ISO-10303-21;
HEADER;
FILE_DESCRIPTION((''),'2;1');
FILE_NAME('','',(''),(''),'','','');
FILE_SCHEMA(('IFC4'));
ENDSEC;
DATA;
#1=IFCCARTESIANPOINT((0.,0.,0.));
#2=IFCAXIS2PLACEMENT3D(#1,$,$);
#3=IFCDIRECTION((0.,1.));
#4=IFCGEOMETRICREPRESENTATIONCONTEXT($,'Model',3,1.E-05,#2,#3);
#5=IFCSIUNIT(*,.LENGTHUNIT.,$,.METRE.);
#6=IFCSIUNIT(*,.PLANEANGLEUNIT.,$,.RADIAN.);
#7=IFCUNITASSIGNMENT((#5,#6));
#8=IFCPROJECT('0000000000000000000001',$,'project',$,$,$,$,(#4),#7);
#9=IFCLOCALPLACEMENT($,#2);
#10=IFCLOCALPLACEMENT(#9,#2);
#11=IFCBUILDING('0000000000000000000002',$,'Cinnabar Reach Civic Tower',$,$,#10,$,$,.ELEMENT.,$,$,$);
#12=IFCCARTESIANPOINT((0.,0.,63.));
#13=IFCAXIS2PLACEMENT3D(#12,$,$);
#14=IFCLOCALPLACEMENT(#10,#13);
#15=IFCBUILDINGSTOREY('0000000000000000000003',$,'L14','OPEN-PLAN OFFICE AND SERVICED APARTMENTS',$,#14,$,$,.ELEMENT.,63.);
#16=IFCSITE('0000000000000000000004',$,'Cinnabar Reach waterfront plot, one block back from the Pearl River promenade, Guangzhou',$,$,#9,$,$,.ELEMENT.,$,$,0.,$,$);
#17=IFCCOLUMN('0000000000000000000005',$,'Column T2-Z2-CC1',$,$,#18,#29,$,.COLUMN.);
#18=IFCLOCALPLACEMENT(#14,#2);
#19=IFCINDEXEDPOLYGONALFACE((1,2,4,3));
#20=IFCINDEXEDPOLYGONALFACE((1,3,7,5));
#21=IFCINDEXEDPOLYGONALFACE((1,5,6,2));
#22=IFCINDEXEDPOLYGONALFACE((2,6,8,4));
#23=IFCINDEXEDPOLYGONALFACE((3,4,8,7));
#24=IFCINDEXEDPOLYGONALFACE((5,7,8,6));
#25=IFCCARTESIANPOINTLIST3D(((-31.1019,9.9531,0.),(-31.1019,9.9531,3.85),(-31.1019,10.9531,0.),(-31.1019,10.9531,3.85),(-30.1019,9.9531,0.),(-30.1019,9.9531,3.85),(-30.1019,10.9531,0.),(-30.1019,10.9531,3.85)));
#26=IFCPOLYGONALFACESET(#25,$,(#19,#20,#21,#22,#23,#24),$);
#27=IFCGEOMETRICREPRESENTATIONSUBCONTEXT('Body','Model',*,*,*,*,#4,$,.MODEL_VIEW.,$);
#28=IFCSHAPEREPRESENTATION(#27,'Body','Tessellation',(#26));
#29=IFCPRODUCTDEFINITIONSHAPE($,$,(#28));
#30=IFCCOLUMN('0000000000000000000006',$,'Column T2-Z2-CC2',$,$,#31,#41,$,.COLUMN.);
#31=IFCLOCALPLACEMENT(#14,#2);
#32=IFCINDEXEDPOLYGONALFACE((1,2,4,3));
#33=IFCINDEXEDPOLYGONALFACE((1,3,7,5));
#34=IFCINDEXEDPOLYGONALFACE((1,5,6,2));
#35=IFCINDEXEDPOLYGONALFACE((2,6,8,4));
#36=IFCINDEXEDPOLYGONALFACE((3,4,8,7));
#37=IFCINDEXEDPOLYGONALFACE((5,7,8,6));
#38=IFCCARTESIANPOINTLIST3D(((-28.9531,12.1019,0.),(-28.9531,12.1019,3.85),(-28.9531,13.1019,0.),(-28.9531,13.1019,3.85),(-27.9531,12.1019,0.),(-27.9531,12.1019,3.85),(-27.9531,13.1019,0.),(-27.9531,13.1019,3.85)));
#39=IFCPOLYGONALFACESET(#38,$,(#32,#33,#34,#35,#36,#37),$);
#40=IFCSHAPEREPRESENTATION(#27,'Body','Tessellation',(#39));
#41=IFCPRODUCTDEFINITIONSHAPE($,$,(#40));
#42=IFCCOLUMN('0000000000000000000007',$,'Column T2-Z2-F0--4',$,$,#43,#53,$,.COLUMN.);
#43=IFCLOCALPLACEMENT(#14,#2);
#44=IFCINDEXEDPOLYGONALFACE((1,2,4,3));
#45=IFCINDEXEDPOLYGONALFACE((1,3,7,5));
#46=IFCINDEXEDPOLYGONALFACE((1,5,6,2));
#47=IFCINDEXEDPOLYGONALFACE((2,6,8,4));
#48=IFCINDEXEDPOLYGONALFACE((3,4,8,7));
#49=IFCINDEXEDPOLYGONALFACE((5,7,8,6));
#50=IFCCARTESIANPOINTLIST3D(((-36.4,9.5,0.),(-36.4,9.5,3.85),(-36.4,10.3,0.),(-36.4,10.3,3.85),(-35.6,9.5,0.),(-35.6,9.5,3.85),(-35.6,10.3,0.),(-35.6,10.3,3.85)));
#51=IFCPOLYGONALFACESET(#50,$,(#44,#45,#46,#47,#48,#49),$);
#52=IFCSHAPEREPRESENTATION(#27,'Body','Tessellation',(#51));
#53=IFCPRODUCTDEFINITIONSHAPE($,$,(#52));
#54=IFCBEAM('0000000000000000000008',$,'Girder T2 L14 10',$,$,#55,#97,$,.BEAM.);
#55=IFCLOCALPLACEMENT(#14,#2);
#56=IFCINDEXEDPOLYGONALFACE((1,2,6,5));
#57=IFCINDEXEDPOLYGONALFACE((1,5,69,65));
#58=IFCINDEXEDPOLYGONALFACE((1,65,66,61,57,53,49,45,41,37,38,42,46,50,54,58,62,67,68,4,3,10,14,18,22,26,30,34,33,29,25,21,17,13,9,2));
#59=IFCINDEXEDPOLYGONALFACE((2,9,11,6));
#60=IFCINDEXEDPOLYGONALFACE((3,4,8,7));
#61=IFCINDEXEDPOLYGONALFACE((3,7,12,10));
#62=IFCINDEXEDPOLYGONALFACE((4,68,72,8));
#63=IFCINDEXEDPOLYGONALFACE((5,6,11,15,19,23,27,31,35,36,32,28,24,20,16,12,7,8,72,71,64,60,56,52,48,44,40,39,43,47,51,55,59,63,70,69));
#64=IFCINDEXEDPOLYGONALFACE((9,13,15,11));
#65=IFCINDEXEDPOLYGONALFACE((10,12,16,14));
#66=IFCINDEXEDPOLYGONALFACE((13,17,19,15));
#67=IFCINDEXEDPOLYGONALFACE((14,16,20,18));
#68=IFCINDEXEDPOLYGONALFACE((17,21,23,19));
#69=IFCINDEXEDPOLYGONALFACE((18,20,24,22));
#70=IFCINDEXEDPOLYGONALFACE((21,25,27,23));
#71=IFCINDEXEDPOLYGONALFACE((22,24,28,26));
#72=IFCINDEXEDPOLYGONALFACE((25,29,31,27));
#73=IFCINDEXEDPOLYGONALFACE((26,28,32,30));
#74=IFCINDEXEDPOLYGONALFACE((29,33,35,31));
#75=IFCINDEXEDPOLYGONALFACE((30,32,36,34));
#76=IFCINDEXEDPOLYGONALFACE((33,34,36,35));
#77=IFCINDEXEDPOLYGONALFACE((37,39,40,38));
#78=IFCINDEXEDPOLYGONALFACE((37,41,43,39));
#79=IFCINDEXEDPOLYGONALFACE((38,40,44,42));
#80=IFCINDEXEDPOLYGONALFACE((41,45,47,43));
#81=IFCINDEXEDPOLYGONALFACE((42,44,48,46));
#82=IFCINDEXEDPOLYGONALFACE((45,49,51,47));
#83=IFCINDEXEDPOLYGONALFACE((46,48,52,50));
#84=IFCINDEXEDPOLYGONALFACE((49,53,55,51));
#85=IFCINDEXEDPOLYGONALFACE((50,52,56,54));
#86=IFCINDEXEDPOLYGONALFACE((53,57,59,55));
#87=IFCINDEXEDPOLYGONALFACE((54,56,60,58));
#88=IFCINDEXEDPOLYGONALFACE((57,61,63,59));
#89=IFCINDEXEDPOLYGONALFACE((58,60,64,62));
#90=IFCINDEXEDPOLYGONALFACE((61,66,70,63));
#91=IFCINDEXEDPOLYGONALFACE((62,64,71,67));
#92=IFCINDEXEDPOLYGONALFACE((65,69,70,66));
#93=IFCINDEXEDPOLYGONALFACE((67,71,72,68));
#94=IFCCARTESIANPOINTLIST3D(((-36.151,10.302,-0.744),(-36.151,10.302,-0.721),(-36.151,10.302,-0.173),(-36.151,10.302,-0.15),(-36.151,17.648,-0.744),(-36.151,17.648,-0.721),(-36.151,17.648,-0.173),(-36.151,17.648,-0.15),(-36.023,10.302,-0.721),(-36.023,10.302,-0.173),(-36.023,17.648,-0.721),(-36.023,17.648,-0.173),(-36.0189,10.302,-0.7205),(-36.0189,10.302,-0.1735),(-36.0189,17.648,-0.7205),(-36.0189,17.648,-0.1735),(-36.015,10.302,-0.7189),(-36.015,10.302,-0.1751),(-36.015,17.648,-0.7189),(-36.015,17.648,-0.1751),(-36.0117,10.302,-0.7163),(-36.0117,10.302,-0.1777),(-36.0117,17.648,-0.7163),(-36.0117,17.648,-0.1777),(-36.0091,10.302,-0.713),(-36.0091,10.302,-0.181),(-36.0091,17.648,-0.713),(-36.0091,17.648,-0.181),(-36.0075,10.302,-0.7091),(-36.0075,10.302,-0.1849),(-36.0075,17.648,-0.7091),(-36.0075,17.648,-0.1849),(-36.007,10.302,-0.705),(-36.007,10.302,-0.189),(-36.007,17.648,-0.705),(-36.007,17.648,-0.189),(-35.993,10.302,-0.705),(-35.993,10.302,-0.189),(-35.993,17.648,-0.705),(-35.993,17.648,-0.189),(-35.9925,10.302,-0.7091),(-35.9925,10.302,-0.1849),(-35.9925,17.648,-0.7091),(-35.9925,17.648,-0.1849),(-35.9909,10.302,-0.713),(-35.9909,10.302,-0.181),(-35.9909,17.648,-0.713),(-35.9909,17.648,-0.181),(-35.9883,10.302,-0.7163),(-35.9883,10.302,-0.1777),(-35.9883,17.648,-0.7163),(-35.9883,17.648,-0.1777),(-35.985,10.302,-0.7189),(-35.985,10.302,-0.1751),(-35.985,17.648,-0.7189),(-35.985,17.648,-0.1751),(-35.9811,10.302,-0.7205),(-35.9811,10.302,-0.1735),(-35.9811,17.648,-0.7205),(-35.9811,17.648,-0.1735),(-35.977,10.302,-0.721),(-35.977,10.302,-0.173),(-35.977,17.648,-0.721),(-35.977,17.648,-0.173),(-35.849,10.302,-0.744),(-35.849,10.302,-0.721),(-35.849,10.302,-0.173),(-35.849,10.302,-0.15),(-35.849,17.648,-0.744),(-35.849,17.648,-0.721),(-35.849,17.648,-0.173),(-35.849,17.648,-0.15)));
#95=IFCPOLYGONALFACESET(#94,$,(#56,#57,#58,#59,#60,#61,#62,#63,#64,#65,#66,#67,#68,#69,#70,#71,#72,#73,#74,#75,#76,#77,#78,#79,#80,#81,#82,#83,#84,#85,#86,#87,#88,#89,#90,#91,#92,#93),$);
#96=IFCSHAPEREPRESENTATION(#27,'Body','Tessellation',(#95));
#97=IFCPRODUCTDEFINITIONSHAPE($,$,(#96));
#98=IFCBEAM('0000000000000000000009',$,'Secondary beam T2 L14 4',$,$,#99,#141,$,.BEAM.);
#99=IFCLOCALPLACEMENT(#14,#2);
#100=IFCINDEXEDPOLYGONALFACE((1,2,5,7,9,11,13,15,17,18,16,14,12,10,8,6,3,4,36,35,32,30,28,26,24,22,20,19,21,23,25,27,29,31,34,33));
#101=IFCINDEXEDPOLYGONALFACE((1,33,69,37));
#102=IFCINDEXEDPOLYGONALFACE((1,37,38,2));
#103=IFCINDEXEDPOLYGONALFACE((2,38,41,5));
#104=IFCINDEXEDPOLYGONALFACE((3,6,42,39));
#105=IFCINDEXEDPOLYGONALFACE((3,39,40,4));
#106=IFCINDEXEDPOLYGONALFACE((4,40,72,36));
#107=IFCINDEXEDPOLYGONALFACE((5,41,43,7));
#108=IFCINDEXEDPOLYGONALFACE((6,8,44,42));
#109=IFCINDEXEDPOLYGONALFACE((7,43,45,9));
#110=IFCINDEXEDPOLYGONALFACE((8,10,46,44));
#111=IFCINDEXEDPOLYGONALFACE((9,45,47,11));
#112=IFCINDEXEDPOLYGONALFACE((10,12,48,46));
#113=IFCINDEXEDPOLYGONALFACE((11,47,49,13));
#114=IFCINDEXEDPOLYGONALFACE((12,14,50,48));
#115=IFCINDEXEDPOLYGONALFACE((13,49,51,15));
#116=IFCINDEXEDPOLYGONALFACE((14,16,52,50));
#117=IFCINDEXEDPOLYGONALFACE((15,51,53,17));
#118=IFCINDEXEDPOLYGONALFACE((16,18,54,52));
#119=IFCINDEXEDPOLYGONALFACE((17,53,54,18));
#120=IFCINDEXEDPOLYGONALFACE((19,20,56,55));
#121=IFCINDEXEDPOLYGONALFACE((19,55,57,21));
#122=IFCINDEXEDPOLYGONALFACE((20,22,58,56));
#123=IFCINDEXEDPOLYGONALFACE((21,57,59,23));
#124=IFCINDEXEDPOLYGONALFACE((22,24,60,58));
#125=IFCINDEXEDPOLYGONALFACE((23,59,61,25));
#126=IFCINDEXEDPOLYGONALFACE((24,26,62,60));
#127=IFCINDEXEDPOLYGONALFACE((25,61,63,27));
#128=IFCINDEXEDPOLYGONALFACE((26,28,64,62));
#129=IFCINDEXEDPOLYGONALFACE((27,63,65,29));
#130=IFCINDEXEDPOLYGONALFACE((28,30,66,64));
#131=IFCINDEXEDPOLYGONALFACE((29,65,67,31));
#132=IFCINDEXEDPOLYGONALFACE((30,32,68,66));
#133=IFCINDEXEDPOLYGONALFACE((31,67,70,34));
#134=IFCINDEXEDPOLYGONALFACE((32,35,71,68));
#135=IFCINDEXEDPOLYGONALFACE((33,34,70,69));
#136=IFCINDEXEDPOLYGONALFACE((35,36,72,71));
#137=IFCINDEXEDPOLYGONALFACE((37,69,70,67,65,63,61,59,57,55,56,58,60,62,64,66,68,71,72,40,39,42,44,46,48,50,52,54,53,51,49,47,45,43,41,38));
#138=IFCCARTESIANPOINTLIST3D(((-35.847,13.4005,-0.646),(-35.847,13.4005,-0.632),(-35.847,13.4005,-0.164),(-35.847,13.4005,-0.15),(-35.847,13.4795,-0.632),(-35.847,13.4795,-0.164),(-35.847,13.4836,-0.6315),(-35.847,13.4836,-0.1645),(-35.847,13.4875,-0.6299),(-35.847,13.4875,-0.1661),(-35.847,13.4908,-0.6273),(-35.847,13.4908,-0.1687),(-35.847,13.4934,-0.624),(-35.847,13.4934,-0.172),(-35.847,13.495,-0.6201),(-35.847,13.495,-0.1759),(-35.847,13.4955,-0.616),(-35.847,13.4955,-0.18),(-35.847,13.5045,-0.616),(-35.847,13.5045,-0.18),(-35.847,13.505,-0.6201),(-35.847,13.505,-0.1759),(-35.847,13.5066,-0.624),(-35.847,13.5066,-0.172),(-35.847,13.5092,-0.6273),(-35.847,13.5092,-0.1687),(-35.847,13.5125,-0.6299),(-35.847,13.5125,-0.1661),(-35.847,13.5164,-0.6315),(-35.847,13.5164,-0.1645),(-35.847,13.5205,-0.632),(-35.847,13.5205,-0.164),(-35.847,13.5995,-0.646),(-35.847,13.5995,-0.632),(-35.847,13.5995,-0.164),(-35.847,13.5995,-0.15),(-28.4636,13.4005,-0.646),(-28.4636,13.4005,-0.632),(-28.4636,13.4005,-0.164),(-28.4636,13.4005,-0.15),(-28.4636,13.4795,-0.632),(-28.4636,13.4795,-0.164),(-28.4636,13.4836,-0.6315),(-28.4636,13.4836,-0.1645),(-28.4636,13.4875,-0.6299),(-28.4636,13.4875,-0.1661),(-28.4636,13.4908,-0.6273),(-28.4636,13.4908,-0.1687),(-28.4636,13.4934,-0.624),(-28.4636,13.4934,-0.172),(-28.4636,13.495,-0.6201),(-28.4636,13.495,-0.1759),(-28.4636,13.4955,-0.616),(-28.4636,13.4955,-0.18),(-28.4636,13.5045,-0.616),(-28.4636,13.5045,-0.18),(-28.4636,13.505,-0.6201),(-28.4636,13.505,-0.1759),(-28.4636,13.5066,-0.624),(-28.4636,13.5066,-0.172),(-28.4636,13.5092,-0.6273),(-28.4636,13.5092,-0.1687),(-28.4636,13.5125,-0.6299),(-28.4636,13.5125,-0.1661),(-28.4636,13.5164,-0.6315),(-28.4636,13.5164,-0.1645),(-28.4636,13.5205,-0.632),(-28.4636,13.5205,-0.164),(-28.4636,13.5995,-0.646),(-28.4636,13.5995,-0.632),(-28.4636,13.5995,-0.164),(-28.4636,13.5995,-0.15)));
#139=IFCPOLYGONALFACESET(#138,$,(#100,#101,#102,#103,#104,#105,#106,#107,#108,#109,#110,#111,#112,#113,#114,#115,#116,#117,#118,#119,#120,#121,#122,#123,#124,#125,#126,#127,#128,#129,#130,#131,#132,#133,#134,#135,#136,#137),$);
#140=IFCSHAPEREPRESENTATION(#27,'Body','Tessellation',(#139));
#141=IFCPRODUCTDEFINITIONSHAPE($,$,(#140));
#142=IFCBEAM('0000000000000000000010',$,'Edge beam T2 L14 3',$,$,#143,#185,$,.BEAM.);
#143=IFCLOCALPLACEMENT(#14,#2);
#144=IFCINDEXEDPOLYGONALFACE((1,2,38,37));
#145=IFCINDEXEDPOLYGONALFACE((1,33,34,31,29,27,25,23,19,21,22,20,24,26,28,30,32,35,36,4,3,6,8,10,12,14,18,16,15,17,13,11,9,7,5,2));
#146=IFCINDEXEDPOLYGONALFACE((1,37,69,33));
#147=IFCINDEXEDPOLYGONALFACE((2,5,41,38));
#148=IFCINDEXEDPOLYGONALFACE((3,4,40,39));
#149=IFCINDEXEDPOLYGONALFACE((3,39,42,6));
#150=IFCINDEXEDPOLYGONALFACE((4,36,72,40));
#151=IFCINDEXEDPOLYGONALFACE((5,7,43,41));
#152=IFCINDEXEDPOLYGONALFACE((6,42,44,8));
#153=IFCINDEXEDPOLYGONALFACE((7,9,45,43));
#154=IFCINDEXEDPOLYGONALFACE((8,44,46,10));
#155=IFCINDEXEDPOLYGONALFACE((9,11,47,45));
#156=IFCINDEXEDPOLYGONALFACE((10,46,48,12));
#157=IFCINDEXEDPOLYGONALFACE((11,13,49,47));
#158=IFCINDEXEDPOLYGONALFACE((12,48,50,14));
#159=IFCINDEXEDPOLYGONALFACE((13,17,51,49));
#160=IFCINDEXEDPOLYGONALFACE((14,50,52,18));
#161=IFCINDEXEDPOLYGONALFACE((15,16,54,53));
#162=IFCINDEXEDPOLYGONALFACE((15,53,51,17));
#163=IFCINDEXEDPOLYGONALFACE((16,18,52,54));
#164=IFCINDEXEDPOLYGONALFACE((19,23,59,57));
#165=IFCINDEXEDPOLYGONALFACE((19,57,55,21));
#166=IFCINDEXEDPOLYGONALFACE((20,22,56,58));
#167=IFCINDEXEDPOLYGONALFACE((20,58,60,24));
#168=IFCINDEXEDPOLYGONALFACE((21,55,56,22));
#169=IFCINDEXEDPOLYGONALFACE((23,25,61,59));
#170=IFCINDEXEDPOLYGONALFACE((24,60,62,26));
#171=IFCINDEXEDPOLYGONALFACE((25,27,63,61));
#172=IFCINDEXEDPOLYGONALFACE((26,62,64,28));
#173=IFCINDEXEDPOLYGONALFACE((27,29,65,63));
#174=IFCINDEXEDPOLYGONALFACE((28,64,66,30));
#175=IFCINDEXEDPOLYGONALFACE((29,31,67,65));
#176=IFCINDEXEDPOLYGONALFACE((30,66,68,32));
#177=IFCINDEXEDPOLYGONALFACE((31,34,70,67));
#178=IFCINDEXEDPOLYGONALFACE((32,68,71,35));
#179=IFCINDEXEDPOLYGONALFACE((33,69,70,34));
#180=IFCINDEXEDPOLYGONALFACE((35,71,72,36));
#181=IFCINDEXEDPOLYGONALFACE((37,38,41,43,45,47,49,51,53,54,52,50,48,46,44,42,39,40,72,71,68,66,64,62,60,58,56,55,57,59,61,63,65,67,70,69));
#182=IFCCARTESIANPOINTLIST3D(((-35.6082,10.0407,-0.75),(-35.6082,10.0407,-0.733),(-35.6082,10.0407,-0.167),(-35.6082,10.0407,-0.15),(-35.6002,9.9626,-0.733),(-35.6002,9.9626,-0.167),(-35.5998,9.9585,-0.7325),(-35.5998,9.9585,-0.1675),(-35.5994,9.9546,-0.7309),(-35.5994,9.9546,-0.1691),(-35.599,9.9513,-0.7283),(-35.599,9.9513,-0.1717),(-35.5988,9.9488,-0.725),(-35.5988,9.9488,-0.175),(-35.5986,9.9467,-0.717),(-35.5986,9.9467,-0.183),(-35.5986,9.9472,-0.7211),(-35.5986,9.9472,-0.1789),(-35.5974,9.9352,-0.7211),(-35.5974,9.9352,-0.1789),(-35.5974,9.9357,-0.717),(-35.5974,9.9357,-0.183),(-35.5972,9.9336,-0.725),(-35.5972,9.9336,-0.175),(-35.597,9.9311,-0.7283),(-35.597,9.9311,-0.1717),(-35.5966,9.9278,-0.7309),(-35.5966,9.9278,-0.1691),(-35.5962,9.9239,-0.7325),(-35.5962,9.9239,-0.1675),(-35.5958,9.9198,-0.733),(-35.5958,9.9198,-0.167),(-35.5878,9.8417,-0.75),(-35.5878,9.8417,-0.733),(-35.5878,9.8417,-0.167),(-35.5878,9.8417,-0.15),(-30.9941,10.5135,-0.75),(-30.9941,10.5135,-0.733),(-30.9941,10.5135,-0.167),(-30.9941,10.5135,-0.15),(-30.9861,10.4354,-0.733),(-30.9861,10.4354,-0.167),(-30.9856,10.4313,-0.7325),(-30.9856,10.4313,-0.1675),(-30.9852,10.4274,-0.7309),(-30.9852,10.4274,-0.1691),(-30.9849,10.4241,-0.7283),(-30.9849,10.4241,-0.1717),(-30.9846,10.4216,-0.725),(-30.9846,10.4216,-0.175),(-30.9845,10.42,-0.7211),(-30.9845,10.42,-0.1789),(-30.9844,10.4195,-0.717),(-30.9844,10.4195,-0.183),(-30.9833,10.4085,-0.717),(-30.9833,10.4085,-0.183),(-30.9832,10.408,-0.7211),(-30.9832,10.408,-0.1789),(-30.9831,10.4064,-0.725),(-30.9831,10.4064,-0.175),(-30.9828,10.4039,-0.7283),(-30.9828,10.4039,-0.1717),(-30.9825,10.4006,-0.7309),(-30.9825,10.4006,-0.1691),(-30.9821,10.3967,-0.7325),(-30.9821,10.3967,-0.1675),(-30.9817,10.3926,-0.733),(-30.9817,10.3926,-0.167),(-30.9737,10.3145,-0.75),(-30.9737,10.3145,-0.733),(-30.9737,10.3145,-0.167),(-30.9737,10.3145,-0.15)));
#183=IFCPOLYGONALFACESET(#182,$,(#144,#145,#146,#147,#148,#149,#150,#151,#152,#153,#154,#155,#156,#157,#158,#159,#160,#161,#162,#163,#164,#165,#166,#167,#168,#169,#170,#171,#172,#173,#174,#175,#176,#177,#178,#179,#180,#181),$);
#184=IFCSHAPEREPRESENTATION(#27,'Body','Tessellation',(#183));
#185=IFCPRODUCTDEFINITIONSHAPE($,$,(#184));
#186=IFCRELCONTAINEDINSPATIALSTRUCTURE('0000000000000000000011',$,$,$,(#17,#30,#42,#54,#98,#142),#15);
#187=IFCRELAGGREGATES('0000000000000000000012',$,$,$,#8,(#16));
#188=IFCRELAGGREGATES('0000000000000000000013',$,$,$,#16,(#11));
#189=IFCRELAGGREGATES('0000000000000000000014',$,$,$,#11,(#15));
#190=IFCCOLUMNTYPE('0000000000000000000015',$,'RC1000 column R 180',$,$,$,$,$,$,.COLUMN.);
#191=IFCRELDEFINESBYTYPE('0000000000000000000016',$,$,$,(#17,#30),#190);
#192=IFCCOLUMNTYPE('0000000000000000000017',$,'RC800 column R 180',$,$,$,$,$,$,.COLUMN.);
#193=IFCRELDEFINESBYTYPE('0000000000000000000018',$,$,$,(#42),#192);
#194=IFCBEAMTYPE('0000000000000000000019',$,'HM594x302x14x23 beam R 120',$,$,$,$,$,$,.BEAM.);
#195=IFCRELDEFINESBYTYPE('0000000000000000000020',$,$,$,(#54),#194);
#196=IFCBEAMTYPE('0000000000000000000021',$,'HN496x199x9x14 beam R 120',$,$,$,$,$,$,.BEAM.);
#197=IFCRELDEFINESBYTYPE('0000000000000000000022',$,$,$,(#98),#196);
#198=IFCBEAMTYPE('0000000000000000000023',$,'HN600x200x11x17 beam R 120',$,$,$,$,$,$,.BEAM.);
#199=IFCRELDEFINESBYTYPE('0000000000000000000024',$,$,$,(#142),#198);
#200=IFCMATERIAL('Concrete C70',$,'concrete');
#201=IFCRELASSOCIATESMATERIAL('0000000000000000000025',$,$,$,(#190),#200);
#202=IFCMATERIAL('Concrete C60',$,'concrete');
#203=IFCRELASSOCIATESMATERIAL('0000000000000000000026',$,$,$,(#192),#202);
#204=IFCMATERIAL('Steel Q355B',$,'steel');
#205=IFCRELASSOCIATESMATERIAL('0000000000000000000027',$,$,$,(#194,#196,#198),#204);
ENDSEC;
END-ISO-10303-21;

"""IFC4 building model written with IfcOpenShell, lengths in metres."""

from ifc_helpers import new_model, si_unit, direction, frame, origin, origin_2d, place, context, subcontext, project, spatial, rectangle, i_section, extrude, material, material_profile, profile_set, type_object, element, save


model = new_model("IFC4")

# Units and contexts
model_context = context("Model", 3, precision=1e-05, world=origin(), true_north=direction((0.0, 1.0)))
body_context = subcontext(model_context, "Body", "Model", "MODEL_VIEW")
ifc_project = project(units=[si_unit("LENGTHUNIT", "METRE"), si_unit("PLANEANGLEUNIT", "RADIAN")], contexts=[model_context])

# Site, building, storey
site_placement = place(None, origin())
site = spatial("IfcSite", under=ifc_project, at=site_placement, Name="Cinnabar Reach waterfront plot, one block back from the Pearl River promenade, Guangzhou", CompositionType="ELEMENT", RefElevation=0.0)
building_placement = place(site_placement, origin())
building = spatial("IfcBuilding", under=site, at=building_placement, Name="Cinnabar Reach Civic Tower", CompositionType="ELEMENT")
storey_placement = place(building_placement, frame((0.0, 0.0, 63.0)))
storey = spatial("IfcBuildingStorey", under=building, at=storey_placement, Name="L14", Description="OPEN-PLAN OFFICE AND SERVICED APARTMENTS", CompositionType="ELEMENT", Elevation=63.0)

# Columns
ifc_material_1 = material(Name="Concrete C70", Category="concrete")
ifc_material_profile_1 = material_profile(ifc_material_1, rectangle(XDim=1.0, YDim=1.0, at=origin_2d()), Name="RC1000")
ifc_profile_set_1 = profile_set([ifc_material_profile_1], Name="Concrete C70")
column_type_1 = type_object("IfcColumnType", Name="RC1000 column R 180", PredefinedType="COLUMN", material=ifc_profile_set_1)
for number, where, z_axis, x_axis, name in (
    (1, (-30.6019, 10.4531, 0.0), (0.0, 0.0, 1.0), (1.0, 0.0, 0.0), "Column T2-Z2-CC1"),
    (2, (-28.4531, 12.6019, 0.0), (0.0, 0.0, 1.0), (1.0, 0.0, 0.0), "Column T2-Z2-CC2"),
):
    element("IfcColumn", number, at=place(storey_placement, frame(where, z_axis=z_axis, x_axis=x_axis)), inside=storey, type_object=column_type_1, Name=name, PredefinedType="COLUMN", context=body_context, shape_type="SweptSolid", body=[
        extrude(rectangle(XDim=1.0, YDim=1.0, at=origin_2d()), origin(), (0.0, 0.0, 1.0), 3.85),
    ])
ifc_material_2 = material(Name="Concrete C60", Category="concrete")
ifc_material_profile_2 = material_profile(ifc_material_2, rectangle(XDim=0.8, YDim=0.8, at=origin_2d()), Name="RC800")
ifc_profile_set_2 = profile_set([ifc_material_profile_2], Name="Concrete C60")
column_type_2 = type_object("IfcColumnType", Name="RC800 column R 180", PredefinedType="COLUMN", material=ifc_profile_set_2)
column_placement = place(storey_placement, frame((-36.0, 9.9, 0.0), z_axis=(0.0, 0.0, 1.0), x_axis=(1.0, 0.0, 0.0)))
element("IfcColumn", 3, at=column_placement, inside=storey, type_object=column_type_2, Name="Column T2-Z2-F0--4", PredefinedType="COLUMN", context=body_context, shape_type="SweptSolid", body=[
    extrude(rectangle(XDim=0.8, YDim=0.8, at=origin_2d()), origin(), (0.0, 0.0, 1.0), 3.85),
])

# Beams
ifc_material_3 = material(Name="Steel Q355B", Category="steel")
ifc_material_profile_3 = material_profile(ifc_material_3, i_section(OverallWidth=0.302, OverallDepth=0.594, WebThickness=0.014, FlangeThickness=0.023, FilletRadius=0.016, at=origin_2d()), Name="HM594x302x14x23")
ifc_profile_set_3 = profile_set([ifc_material_profile_3], Name="Steel Q355B")
beam_type_1 = type_object("IfcBeamType", Name="HM594x302x14x23 beam R 120", PredefinedType="BEAM", material=ifc_profile_set_3)
beam_1_placement = place(storey_placement, frame((-36.0, 10.302, -0.447), z_axis=(0.0, 1.0, 0.0), x_axis=(-1.0, 0.0, 0.0)))
element("IfcBeam", 4, at=beam_1_placement, inside=storey, type_object=beam_type_1, Name="Girder T2 L14 10", PredefinedType="BEAM", context=body_context, shape_type="SweptSolid", body=[
    extrude(i_section(OverallWidth=0.302, OverallDepth=0.594, WebThickness=0.014, FlangeThickness=0.023, FilletRadius=0.016, at=origin_2d()), origin(), (0.0, 0.0, 1.0), 7.346),
])
ifc_material_profile_4 = material_profile(ifc_material_3, i_section(OverallWidth=0.199, OverallDepth=0.496, WebThickness=0.009, FlangeThickness=0.014, FilletRadius=0.016, at=origin_2d()), Name="HN496x199x9x14")
ifc_profile_set_4 = profile_set([ifc_material_profile_4], Name="Steel Q355B")
beam_type_2 = type_object("IfcBeamType", Name="HN496x199x9x14 beam R 120", PredefinedType="BEAM", material=ifc_profile_set_4)
beam_2_placement = place(storey_placement, frame((-35.847, 13.5, -0.398), z_axis=(1.0, 0.0, 0.0), x_axis=(0.0, 1.0, 0.0)))
element("IfcBeam", 5, at=beam_2_placement, inside=storey, type_object=beam_type_2, Name="Secondary beam T2 L14 4", PredefinedType="BEAM", context=body_context, shape_type="SweptSolid", body=[
    extrude(i_section(OverallWidth=0.199, OverallDepth=0.496, WebThickness=0.009, FlangeThickness=0.014, FilletRadius=0.016, at=origin_2d()), origin(), (0.0, 0.0, 1.0), 7.3834),
])
ifc_material_profile_5 = material_profile(ifc_material_3, i_section(OverallWidth=0.2, OverallDepth=0.6, WebThickness=0.011, FlangeThickness=0.017, FilletRadius=0.016, at=origin_2d()), Name="HN600x200x11x17")
ifc_profile_set_5 = profile_set([ifc_material_profile_5], Name="Steel Q355B")
beam_type_3 = type_object("IfcBeamType", Name="HN600x200x11x17 beam R 120", PredefinedType="BEAM", material=ifc_profile_set_5)
beam_3_placement = place(storey_placement, frame((-35.598, 9.9412, -0.45), z_axis=(0.994791, 0.101935, 0.0), x_axis=(-0.101935, 0.994791, 0.0)))
element("IfcBeam", 6, at=beam_3_placement, inside=storey, type_object=beam_type_3, Name="Edge beam T2 L14 3", PredefinedType="BEAM", context=body_context, shape_type="SweptSolid", body=[
    extrude(i_section(OverallWidth=0.2, OverallDepth=0.6, WebThickness=0.011, FlangeThickness=0.017, FilletRadius=0.016, at=origin_2d()), origin(), (0.0, 0.0, 1.0), 4.6383),
])

save(model, "model.ifc")
